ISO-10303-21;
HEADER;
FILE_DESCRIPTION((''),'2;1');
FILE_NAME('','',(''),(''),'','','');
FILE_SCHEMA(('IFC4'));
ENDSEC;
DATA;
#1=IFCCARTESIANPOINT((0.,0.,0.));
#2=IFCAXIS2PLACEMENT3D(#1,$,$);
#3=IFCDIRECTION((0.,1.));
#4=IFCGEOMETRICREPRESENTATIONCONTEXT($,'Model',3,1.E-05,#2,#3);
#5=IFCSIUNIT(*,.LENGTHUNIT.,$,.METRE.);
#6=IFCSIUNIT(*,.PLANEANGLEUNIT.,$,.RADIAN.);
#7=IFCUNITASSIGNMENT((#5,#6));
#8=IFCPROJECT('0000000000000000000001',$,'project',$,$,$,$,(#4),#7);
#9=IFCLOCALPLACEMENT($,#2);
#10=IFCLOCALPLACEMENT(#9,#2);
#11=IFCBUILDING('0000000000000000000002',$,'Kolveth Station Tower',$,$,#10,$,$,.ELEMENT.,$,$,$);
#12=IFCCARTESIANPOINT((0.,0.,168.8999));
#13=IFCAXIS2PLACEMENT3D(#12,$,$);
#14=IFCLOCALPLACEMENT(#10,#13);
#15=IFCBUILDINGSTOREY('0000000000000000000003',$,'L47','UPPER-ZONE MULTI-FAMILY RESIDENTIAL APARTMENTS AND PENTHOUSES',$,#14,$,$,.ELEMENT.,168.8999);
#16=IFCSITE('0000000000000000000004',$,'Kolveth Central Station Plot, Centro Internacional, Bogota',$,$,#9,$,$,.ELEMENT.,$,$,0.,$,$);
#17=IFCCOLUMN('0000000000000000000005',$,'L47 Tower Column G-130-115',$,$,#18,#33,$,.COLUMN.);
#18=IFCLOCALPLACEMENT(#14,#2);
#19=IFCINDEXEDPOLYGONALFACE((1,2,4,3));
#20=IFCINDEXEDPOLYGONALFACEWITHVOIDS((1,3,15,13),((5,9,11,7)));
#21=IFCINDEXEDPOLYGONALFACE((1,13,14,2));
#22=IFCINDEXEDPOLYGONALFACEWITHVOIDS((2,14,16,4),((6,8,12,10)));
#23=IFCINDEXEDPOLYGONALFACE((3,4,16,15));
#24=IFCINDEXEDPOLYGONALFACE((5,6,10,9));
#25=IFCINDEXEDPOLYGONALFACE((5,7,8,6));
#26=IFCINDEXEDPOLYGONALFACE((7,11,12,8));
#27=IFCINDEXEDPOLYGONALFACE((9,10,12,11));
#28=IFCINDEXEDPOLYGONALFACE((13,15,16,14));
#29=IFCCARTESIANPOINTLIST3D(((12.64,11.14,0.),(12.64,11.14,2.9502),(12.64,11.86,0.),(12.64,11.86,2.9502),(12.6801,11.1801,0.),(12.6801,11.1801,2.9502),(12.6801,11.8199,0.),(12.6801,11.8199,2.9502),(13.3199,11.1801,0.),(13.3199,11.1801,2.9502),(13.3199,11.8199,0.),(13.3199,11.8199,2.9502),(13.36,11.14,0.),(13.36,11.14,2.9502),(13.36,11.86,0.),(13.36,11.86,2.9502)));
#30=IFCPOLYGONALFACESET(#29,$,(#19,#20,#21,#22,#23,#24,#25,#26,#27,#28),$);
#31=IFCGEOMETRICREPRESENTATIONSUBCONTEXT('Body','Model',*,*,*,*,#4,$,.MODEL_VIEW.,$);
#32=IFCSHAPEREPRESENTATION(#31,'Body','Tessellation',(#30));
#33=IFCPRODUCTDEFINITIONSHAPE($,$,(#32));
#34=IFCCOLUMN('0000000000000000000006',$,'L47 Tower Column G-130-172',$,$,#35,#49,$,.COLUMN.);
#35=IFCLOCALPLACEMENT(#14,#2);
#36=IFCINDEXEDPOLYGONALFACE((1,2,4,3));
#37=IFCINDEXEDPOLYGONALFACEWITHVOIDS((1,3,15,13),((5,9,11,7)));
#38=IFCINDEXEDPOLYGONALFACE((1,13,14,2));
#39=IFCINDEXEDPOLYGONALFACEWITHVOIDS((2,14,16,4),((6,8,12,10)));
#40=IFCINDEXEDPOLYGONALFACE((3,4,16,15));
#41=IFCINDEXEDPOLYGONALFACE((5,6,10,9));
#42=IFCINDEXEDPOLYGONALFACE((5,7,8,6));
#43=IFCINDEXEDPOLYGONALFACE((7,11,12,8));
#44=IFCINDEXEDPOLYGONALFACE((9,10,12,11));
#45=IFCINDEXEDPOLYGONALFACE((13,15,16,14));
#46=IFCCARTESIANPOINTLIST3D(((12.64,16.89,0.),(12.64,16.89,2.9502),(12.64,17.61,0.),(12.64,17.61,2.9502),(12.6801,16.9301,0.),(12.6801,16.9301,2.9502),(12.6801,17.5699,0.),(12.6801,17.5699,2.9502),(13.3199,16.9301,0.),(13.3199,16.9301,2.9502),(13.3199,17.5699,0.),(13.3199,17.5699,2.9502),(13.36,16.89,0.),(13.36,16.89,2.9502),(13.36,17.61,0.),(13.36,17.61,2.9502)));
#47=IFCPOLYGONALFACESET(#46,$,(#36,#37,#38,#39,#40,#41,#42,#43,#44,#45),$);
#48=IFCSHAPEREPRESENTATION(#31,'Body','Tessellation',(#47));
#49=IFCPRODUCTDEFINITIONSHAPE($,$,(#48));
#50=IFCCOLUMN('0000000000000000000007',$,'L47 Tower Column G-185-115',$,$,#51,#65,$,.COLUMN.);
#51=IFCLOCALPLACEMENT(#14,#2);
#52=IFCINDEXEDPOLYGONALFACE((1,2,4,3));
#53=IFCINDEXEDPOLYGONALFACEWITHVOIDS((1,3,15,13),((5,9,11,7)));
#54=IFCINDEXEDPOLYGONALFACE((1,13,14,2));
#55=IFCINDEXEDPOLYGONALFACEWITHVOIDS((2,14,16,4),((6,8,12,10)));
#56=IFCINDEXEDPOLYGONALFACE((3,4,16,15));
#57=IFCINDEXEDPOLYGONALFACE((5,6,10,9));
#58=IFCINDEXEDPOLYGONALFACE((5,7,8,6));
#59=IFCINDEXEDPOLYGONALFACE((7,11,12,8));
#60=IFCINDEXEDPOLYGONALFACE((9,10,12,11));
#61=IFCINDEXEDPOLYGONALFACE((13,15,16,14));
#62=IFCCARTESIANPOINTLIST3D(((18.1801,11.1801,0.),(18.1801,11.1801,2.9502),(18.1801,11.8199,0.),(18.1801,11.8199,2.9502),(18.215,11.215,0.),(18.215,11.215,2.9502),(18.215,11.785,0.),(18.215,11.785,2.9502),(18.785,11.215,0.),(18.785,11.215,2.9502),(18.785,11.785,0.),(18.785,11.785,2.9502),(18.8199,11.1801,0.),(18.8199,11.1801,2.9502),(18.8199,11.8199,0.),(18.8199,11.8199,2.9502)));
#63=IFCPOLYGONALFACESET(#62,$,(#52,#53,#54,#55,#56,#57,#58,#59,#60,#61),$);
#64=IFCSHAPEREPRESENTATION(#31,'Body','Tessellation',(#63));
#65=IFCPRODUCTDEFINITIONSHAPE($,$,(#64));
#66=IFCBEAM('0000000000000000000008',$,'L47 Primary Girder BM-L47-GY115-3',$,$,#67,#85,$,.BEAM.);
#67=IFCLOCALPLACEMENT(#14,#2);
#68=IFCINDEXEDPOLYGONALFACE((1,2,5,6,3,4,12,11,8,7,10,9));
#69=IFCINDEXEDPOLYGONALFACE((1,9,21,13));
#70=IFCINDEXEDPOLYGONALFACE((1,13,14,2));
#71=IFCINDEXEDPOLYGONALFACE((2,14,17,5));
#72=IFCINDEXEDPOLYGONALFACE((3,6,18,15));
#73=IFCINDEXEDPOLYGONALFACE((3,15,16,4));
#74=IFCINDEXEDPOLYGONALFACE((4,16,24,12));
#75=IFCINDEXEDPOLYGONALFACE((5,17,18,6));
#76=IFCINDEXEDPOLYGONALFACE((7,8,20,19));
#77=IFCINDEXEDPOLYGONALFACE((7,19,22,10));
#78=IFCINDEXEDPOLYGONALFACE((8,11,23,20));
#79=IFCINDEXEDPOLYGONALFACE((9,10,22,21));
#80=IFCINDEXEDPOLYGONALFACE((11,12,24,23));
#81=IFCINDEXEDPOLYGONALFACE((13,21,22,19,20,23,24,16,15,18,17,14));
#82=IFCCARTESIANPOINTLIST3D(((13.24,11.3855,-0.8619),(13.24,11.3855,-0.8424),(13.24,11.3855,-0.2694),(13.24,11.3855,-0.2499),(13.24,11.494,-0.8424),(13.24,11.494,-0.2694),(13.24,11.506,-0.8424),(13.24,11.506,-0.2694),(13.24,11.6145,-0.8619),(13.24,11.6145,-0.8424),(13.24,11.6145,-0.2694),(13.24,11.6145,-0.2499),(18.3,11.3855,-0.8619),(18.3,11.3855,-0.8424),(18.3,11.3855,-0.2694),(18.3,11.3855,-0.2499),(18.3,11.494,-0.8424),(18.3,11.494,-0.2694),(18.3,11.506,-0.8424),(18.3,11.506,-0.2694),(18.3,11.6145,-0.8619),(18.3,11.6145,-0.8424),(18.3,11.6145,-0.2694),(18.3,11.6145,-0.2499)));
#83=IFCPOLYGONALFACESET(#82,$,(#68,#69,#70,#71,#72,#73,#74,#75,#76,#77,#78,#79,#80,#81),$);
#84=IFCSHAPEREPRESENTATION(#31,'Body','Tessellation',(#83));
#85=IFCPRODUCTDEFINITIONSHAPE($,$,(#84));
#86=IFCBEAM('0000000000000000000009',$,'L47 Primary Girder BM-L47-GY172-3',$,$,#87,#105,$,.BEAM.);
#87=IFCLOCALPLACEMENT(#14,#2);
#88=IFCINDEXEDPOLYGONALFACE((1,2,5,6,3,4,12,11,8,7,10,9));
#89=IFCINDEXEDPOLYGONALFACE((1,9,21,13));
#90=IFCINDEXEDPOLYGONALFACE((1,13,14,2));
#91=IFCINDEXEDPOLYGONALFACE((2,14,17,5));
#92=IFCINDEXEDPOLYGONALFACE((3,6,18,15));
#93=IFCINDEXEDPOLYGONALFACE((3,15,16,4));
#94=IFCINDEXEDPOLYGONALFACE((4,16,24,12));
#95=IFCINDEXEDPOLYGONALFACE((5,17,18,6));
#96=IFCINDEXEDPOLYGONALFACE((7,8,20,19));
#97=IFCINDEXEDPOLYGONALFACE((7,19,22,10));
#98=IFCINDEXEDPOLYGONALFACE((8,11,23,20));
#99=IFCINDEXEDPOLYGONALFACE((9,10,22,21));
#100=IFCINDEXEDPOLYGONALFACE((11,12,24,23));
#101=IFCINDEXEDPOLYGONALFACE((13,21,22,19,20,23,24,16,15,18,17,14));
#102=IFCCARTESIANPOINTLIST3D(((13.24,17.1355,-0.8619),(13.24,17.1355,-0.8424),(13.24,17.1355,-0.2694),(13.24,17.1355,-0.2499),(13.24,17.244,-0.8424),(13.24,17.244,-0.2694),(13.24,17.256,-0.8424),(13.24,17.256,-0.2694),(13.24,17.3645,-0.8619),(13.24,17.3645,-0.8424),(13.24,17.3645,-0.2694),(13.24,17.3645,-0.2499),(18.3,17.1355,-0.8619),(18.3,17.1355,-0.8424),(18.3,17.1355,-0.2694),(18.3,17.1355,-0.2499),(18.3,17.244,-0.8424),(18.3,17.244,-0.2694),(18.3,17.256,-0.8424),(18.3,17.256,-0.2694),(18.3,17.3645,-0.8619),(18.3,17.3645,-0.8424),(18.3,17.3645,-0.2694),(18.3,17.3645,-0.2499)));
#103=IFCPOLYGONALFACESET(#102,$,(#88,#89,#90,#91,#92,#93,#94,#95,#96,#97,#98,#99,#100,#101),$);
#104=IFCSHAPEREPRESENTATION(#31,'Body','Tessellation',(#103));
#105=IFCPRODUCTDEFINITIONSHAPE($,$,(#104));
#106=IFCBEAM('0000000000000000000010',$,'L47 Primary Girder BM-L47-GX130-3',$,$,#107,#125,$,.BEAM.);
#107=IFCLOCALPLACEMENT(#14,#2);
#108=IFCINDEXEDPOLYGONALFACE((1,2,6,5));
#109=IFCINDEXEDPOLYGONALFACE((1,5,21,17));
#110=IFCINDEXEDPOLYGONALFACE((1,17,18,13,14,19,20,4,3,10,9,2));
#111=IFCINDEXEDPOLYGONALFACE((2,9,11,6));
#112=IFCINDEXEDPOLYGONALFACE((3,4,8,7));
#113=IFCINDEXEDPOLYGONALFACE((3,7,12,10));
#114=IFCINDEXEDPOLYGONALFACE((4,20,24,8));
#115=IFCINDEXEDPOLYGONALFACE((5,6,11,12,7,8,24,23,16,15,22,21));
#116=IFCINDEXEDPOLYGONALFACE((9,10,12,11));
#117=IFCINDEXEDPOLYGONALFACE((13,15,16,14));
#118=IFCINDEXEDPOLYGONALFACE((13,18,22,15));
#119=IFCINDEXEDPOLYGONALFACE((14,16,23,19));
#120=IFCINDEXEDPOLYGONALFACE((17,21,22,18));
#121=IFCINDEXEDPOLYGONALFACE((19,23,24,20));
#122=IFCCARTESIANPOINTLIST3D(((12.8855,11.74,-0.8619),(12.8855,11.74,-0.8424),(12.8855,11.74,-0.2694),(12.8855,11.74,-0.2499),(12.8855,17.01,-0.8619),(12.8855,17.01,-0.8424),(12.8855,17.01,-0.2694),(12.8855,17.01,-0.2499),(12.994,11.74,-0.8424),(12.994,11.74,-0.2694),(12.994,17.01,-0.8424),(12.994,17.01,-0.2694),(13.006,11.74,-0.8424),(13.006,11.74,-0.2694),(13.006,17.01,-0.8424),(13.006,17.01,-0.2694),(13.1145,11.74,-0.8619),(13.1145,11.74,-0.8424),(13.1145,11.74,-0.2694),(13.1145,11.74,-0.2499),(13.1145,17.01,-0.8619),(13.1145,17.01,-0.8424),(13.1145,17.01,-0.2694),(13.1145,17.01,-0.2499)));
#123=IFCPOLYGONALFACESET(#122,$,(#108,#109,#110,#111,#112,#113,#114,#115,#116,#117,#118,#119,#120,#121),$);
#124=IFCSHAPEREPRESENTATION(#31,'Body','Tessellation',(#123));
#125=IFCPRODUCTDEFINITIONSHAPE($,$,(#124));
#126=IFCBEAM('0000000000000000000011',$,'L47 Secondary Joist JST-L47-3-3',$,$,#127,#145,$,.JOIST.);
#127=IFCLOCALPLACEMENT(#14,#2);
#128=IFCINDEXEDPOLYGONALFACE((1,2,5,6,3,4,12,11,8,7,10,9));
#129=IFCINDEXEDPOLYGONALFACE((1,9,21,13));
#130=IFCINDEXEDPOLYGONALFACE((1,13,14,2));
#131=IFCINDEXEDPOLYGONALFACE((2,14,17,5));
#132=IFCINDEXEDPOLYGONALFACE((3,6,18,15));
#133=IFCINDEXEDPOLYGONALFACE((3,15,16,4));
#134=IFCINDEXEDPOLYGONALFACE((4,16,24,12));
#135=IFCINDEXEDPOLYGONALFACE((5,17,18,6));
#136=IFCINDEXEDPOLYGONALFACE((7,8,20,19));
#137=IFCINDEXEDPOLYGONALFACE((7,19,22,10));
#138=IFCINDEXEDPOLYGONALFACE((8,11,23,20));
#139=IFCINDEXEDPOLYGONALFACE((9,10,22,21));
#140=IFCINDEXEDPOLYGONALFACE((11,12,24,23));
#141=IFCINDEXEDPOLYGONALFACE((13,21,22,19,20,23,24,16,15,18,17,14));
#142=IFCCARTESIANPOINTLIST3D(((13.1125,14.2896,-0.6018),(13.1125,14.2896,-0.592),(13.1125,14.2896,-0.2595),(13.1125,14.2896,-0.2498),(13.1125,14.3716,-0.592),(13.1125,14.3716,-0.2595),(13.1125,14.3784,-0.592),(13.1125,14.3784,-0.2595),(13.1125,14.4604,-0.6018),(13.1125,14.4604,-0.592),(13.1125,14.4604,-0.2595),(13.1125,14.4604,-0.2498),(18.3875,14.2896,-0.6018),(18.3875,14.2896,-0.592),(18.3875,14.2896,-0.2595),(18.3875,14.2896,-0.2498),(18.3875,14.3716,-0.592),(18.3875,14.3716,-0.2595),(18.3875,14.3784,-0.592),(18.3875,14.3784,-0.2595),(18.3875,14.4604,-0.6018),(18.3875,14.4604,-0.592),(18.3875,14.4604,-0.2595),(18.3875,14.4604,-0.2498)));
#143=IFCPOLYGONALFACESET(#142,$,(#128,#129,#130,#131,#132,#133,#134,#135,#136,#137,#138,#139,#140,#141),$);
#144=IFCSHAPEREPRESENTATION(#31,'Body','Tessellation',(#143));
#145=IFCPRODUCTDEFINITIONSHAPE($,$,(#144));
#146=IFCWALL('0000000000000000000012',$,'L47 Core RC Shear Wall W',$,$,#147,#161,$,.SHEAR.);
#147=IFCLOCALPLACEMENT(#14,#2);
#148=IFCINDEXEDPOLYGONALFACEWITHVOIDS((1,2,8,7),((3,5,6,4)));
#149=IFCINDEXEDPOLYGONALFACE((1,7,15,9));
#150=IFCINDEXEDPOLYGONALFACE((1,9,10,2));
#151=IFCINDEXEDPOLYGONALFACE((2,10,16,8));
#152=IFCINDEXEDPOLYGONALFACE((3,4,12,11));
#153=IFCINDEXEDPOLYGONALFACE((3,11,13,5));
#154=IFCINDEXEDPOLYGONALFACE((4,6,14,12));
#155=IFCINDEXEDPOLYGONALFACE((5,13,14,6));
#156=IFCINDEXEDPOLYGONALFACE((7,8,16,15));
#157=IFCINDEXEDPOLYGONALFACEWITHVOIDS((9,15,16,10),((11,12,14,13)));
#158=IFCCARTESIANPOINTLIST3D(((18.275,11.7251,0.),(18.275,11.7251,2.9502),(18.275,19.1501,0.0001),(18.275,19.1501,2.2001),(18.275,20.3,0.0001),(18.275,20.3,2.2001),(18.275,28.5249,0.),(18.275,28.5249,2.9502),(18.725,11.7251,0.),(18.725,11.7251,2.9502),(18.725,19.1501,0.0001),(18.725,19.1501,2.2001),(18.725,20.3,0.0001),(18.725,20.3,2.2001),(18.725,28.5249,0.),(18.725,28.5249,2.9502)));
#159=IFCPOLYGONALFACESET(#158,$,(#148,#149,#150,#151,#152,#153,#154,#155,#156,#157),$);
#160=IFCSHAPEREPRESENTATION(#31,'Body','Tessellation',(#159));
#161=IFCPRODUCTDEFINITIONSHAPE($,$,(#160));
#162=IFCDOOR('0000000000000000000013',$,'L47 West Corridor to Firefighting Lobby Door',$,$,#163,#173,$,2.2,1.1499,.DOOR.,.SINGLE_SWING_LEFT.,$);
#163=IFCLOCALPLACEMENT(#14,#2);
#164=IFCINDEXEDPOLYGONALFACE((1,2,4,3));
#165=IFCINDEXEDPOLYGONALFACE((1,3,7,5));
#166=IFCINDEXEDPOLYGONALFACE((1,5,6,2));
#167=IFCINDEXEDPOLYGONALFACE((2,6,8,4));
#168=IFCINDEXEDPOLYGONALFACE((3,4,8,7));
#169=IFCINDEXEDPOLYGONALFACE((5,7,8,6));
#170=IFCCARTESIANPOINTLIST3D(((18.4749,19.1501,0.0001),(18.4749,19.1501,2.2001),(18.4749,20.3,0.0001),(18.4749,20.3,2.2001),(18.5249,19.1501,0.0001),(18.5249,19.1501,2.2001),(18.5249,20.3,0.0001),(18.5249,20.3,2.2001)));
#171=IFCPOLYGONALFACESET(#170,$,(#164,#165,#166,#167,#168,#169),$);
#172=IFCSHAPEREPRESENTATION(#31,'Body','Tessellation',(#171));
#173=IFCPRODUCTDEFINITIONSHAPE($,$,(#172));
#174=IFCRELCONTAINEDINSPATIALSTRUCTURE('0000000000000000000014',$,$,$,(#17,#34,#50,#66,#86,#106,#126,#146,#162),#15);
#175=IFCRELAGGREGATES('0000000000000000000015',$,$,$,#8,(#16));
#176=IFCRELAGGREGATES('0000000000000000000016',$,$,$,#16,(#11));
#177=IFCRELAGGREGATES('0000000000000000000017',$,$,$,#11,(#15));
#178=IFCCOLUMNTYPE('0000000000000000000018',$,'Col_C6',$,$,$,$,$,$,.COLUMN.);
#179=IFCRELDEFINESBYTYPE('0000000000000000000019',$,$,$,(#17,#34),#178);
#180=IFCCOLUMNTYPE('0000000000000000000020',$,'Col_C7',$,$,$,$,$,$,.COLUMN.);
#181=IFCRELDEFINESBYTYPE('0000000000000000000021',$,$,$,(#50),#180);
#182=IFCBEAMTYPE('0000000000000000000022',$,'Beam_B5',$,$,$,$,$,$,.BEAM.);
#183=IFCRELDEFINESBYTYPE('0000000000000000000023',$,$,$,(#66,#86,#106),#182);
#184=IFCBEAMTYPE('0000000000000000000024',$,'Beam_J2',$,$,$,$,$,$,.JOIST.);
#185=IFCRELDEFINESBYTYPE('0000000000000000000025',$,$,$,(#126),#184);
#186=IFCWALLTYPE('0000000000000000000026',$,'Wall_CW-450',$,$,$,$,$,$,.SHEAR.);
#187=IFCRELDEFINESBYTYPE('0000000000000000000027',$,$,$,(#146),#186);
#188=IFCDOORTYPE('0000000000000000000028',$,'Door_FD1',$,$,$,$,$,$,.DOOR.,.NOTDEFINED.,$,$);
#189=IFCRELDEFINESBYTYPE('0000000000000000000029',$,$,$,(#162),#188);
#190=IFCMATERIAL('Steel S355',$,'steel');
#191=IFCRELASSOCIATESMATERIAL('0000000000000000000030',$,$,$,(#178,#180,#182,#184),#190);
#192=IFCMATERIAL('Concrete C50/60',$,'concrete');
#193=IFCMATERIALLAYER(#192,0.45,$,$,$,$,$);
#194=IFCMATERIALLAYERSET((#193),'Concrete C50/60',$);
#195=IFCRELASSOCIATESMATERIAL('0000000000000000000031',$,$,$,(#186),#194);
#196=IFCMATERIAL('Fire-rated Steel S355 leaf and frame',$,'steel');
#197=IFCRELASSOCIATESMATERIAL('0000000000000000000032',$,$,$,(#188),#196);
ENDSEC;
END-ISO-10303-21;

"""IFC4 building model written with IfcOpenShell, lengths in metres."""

from ifc_helpers import new_model, si_unit, direction, frame, frame_2d, origin, origin_2d, place, context, subcontext, project, spatial, rectangle, hollow_rectangle, i_section, extrude, source, transform, mapped, material, layer, layer_set, material_profile, profile_set, type_object, element, fill, save


model = new_model("IFC4")

# Units and contexts
model_context = context("Model", 3, precision=1e-05, world=origin(), true_north=direction((0.0, 1.0)))
body_context = subcontext(model_context, "Body", "Model", "MODEL_VIEW")
ifc_project = project(units=[si_unit("LENGTHUNIT", "METRE"), si_unit("PLANEANGLEUNIT", "RADIAN")], contexts=[model_context])

# Site, building, storey
site_placement = place(None, origin())
site = spatial("IfcSite", under=ifc_project, at=site_placement, Name="Kolveth Central Station Plot, Centro Internacional, Bogota", CompositionType="ELEMENT", RefElevation=0.0)
building_placement = place(site_placement, origin())
building = spatial("IfcBuilding", under=site, at=building_placement, Name="Kolveth Station Tower", CompositionType="ELEMENT")
storey_placement = place(building_placement, frame((0.0, 0.0, 168.8999)))
storey = spatial("IfcBuildingStorey", under=building, at=storey_placement, Name="L47", Description="UPPER-ZONE MULTI-FAMILY RESIDENTIAL APARTMENTS AND PENTHOUSES", CompositionType="ELEMENT", Elevation=168.8999)

# Columns
ifc_material_1 = material(Name="Steel S355", Category="steel")
ifc_material_profile_1 = material_profile(ifc_material_1, hollow_rectangle(XDim=0.72, YDim=0.72, WallThickness=0.04, at=origin_2d()), Name="BOX720x720x40")
ifc_profile_set_1 = profile_set([ifc_material_profile_1], Name="Steel S355")
column_type_1 = type_object("IfcColumnType", Name="Col_C6", PredefinedType="COLUMN", material=ifc_profile_set_1)
shared_shape_1 = source(origin(), body_context, "Body", "SweptSolid", [
    extrude(hollow_rectangle(XDim=0.72, YDim=0.72, WallThickness=0.04, at=origin_2d()), origin(), (0.0, 0.0, 1.0), 2.9502),
])
for number, where, z_axis, x_axis, name in (
    (1, (13.0, 11.5, 0.0), (0.0, 0.0, 1.0), (1.0, 0.0, 0.0), "L47 Tower Column G-130-115"),
    (2, (13.0, 17.25, 0.0), (0.0, 0.0, 1.0), (1.0, 0.0, 0.0), "L47 Tower Column G-130-172"),
):
    element("IfcColumn", number, at=place(storey_placement, frame(where, z_axis=z_axis, x_axis=x_axis)), inside=storey, type_object=column_type_1, Name=name, PredefinedType="COLUMN", context=body_context, shape_type="MappedRepresentation", body=[
        mapped(shared_shape_1, transform((0.0, 0.0, 0.0), x_axis=(1.0, 0.0, 0.0), y_axis=(0.0, 1.0, 0.0), z_axis=(0.0, 0.0, 1.0), scale=1.0)),
    ])
ifc_material_profile_2 = material_profile(ifc_material_1, hollow_rectangle(XDim=0.6399, YDim=0.6399, WallThickness=0.0349, at=origin_2d()), Name="BOX640x640x35")
ifc_profile_set_2 = profile_set([ifc_material_profile_2], Name="Steel S355")
column_type_2 = type_object("IfcColumnType", Name="Col_C7", PredefinedType="COLUMN", material=ifc_profile_set_2)
shared_shape_2 = source(origin(), body_context, "Body", "SweptSolid", [
    extrude(hollow_rectangle(XDim=0.6399, YDim=0.6399, WallThickness=0.0349, at=origin_2d()), origin(), (0.0, 0.0, 1.0), 2.9502),
])
column_placement = place(storey_placement, frame((18.5, 11.5, 0.0), z_axis=(0.0, 0.0, 1.0), x_axis=(1.0, 0.0, 0.0)))
element("IfcColumn", 3, at=column_placement, inside=storey, type_object=column_type_2, Name="L47 Tower Column G-185-115", PredefinedType="COLUMN", context=body_context, shape_type="MappedRepresentation", body=[
    mapped(shared_shape_2, transform((0.0, 0.0, 0.0), x_axis=(1.0, 0.0, 0.0), y_axis=(0.0, 1.0, 0.0), z_axis=(0.0, 0.0, 1.0), scale=1.0)),
])

# Beams
ifc_material_profile_3 = material_profile(ifc_material_1, i_section(OverallWidth=0.229, OverallDepth=0.6121, WebThickness=0.012, FlangeThickness=0.0195, at=origin_2d()), Name="W610x125")
ifc_profile_set_3 = profile_set([ifc_material_profile_3], Name="Steel S355")
beam_type_1 = type_object("IfcBeamType", Name="Beam_B5", PredefinedType="BEAM", material=ifc_profile_set_3)
shared_shape_3 = source(origin(), body_context, "Body", "SweptSolid", [
    extrude(i_section(OverallWidth=0.229, OverallDepth=0.6121, WebThickness=0.012, FlangeThickness=0.0195, at=origin_2d()), origin(), (0.0, 0.0, 1.0), 5.0601),
])
for number, where, z_axis, x_axis, name in (
    (4, (13.24, 11.5, -0.5559), (1.0, 0.0, 0.0), (0.0, 1.0, 0.0), "L47 Primary Girder BM-L47-GY115-3"),
    (5, (13.24, 17.25, -0.5559), (1.0, 0.0, 0.0), (0.0, 1.0, 0.0), "L47 Primary Girder BM-L47-GY172-3"),
):
    element("IfcBeam", number, at=place(storey_placement, frame(where, z_axis=z_axis, x_axis=x_axis)), inside=storey, type_object=beam_type_1, Name=name, PredefinedType="BEAM", context=body_context, shape_type="MappedRepresentation", body=[
        mapped(shared_shape_3, transform((0.0, 0.0, 0.0), x_axis=(1.0, 0.0, 0.0), y_axis=(0.0, 1.0, 0.0), z_axis=(0.0, 0.0, 1.0), scale=1.0)),
    ])
shared_shape_4 = source(origin(), body_context, "Body", "SweptSolid", [
    extrude(i_section(OverallWidth=0.229, OverallDepth=0.6121, WebThickness=0.012, FlangeThickness=0.0195, at=origin_2d()), origin(), (0.0, 0.0, 1.0), 5.27),
])
beam_1_placement = place(storey_placement, frame((13.0, 11.74, -0.5559), z_axis=(0.0, 1.0, 0.0), x_axis=(-1.0, 0.0, 0.0)))
element("IfcBeam", 6, at=beam_1_placement, inside=storey, type_object=beam_type_1, Name="L47 Primary Girder BM-L47-GX130-3", PredefinedType="BEAM", context=body_context, shape_type="MappedRepresentation", body=[
    mapped(shared_shape_4, transform((0.0, 0.0, 0.0), x_axis=(1.0, 0.0, 0.0), y_axis=(0.0, 1.0, 0.0), z_axis=(0.0, 0.0, 1.0), scale=1.0)),
])
ifc_material_profile_4 = material_profile(ifc_material_1, i_section(OverallWidth=0.1709, OverallDepth=0.3521, WebThickness=0.0068, FlangeThickness=0.0098, at=origin_2d()), Name="W360x44")
ifc_profile_set_4 = profile_set([ifc_material_profile_4], Name="Steel S355")
beam_type_2 = type_object("IfcBeamType", Name="Beam_J2", PredefinedType="JOIST", material=ifc_profile_set_4)
shared_shape_5 = source(origin(), body_context, "Body", "SweptSolid", [
    extrude(i_section(OverallWidth=0.1709, OverallDepth=0.3521, WebThickness=0.0068, FlangeThickness=0.0098, at=origin_2d()), origin(), (0.0, 0.0, 1.0), 5.2749),
])
beam_2_placement = place(storey_placement, frame((13.1125, 14.375, -0.4258), z_axis=(1.0, 0.0, 0.0), x_axis=(0.0, 1.0, 0.0)))
element("IfcBeam", 7, at=beam_2_placement, inside=storey, type_object=beam_type_2, Name="L47 Secondary Joist JST-L47-3-3", PredefinedType="JOIST", context=body_context, shape_type="MappedRepresentation", body=[
    mapped(shared_shape_5, transform((0.0, 0.0, 0.0), x_axis=(1.0, 0.0, 0.0), y_axis=(0.0, 1.0, 0.0), z_axis=(0.0, 0.0, 1.0), scale=1.0)),
])

# Shared definitions
ifc_material_2 = material(Name="Concrete C50/60", Category="concrete")
ifc_layer_1 = layer(ifc_material_2, 0.45)
ifc_layer_set_1 = layer_set([ifc_layer_1], Name="Concrete C50/60")
wall_type_1 = type_object("IfcWallType", Name="Wall_CW-450", PredefinedType="SHEAR", material=ifc_layer_set_1)

# Wall, opening, door
wall_1_placement = place(storey_placement, frame((18.5, 11.7251, 0.0), z_axis=(0.0, 0.0, 1.0), x_axis=(0.0, 1.0, 0.0)))
wall_1 = element("IfcWall", 8, at=wall_1_placement, inside=storey, type_object=wall_type_1, Name="L47 Core RC Shear Wall W", PredefinedType="SHEAR", context=body_context, shape_type="SweptSolid", body=[
    extrude(rectangle(XDim=16.7998, YDim=0.45, at=frame_2d((8.3999, 0.0))), origin(), (0.0, 0.0, 1.0), 2.9502),
])
opening_1_placement = place(wall_1_placement, frame((7.425, 0.0, 0.0)))
opening_1 = element("IfcOpeningElement", 9, at=opening_1_placement, cuts=wall_1, PredefinedType="OPENING", context=body_context, shape_type="SweptSolid", body=[
    extrude(rectangle(XDim=1.1499, YDim=2.2, at=frame_2d((0.575, 1.1001))), frame((0.0, 0.2349, 0.0), z_axis=(0.0, -1.0, 0.0), x_axis=(1.0, 0.0, 0.0)), (0.0, 0.0, 1.0), 0.47),
])
ifc_material_3 = material(Name="Fire-rated Steel S355 leaf and frame", Category="steel")
door_type_1 = type_object("IfcDoorType", Name="Door_FD1", OperationType="NOTDEFINED", PredefinedType="DOOR", material=ifc_material_3)
door_1_placement = place(opening_1_placement, frame((1.1499, 0.0, 0.0), z_axis=(0.0, 0.0, 1.0), x_axis=(-1.0, 0.0, 0.0)))
door_1 = element("IfcDoor", 10, at=door_1_placement, inside=storey, type_object=door_type_1, Name="L47 West Corridor to Firefighting Lobby Door", OperationType="SINGLE_SWING_LEFT", OverallHeight=2.2, OverallWidth=1.1499, PredefinedType="DOOR", context=body_context, shape_type="SweptSolid", body=[
    extrude(rectangle(XDim=1.1499, YDim=2.2, at=frame_2d((0.575, 1.1001))), frame((0.0, 0.0249, 0.0), z_axis=(0.0, -1.0, 0.0), x_axis=(1.0, 0.0, 0.0)), (0.0, 0.0, 1.0), 0.05),
])
fill(opening_1, door_1)

save(model, "model.ifc")
